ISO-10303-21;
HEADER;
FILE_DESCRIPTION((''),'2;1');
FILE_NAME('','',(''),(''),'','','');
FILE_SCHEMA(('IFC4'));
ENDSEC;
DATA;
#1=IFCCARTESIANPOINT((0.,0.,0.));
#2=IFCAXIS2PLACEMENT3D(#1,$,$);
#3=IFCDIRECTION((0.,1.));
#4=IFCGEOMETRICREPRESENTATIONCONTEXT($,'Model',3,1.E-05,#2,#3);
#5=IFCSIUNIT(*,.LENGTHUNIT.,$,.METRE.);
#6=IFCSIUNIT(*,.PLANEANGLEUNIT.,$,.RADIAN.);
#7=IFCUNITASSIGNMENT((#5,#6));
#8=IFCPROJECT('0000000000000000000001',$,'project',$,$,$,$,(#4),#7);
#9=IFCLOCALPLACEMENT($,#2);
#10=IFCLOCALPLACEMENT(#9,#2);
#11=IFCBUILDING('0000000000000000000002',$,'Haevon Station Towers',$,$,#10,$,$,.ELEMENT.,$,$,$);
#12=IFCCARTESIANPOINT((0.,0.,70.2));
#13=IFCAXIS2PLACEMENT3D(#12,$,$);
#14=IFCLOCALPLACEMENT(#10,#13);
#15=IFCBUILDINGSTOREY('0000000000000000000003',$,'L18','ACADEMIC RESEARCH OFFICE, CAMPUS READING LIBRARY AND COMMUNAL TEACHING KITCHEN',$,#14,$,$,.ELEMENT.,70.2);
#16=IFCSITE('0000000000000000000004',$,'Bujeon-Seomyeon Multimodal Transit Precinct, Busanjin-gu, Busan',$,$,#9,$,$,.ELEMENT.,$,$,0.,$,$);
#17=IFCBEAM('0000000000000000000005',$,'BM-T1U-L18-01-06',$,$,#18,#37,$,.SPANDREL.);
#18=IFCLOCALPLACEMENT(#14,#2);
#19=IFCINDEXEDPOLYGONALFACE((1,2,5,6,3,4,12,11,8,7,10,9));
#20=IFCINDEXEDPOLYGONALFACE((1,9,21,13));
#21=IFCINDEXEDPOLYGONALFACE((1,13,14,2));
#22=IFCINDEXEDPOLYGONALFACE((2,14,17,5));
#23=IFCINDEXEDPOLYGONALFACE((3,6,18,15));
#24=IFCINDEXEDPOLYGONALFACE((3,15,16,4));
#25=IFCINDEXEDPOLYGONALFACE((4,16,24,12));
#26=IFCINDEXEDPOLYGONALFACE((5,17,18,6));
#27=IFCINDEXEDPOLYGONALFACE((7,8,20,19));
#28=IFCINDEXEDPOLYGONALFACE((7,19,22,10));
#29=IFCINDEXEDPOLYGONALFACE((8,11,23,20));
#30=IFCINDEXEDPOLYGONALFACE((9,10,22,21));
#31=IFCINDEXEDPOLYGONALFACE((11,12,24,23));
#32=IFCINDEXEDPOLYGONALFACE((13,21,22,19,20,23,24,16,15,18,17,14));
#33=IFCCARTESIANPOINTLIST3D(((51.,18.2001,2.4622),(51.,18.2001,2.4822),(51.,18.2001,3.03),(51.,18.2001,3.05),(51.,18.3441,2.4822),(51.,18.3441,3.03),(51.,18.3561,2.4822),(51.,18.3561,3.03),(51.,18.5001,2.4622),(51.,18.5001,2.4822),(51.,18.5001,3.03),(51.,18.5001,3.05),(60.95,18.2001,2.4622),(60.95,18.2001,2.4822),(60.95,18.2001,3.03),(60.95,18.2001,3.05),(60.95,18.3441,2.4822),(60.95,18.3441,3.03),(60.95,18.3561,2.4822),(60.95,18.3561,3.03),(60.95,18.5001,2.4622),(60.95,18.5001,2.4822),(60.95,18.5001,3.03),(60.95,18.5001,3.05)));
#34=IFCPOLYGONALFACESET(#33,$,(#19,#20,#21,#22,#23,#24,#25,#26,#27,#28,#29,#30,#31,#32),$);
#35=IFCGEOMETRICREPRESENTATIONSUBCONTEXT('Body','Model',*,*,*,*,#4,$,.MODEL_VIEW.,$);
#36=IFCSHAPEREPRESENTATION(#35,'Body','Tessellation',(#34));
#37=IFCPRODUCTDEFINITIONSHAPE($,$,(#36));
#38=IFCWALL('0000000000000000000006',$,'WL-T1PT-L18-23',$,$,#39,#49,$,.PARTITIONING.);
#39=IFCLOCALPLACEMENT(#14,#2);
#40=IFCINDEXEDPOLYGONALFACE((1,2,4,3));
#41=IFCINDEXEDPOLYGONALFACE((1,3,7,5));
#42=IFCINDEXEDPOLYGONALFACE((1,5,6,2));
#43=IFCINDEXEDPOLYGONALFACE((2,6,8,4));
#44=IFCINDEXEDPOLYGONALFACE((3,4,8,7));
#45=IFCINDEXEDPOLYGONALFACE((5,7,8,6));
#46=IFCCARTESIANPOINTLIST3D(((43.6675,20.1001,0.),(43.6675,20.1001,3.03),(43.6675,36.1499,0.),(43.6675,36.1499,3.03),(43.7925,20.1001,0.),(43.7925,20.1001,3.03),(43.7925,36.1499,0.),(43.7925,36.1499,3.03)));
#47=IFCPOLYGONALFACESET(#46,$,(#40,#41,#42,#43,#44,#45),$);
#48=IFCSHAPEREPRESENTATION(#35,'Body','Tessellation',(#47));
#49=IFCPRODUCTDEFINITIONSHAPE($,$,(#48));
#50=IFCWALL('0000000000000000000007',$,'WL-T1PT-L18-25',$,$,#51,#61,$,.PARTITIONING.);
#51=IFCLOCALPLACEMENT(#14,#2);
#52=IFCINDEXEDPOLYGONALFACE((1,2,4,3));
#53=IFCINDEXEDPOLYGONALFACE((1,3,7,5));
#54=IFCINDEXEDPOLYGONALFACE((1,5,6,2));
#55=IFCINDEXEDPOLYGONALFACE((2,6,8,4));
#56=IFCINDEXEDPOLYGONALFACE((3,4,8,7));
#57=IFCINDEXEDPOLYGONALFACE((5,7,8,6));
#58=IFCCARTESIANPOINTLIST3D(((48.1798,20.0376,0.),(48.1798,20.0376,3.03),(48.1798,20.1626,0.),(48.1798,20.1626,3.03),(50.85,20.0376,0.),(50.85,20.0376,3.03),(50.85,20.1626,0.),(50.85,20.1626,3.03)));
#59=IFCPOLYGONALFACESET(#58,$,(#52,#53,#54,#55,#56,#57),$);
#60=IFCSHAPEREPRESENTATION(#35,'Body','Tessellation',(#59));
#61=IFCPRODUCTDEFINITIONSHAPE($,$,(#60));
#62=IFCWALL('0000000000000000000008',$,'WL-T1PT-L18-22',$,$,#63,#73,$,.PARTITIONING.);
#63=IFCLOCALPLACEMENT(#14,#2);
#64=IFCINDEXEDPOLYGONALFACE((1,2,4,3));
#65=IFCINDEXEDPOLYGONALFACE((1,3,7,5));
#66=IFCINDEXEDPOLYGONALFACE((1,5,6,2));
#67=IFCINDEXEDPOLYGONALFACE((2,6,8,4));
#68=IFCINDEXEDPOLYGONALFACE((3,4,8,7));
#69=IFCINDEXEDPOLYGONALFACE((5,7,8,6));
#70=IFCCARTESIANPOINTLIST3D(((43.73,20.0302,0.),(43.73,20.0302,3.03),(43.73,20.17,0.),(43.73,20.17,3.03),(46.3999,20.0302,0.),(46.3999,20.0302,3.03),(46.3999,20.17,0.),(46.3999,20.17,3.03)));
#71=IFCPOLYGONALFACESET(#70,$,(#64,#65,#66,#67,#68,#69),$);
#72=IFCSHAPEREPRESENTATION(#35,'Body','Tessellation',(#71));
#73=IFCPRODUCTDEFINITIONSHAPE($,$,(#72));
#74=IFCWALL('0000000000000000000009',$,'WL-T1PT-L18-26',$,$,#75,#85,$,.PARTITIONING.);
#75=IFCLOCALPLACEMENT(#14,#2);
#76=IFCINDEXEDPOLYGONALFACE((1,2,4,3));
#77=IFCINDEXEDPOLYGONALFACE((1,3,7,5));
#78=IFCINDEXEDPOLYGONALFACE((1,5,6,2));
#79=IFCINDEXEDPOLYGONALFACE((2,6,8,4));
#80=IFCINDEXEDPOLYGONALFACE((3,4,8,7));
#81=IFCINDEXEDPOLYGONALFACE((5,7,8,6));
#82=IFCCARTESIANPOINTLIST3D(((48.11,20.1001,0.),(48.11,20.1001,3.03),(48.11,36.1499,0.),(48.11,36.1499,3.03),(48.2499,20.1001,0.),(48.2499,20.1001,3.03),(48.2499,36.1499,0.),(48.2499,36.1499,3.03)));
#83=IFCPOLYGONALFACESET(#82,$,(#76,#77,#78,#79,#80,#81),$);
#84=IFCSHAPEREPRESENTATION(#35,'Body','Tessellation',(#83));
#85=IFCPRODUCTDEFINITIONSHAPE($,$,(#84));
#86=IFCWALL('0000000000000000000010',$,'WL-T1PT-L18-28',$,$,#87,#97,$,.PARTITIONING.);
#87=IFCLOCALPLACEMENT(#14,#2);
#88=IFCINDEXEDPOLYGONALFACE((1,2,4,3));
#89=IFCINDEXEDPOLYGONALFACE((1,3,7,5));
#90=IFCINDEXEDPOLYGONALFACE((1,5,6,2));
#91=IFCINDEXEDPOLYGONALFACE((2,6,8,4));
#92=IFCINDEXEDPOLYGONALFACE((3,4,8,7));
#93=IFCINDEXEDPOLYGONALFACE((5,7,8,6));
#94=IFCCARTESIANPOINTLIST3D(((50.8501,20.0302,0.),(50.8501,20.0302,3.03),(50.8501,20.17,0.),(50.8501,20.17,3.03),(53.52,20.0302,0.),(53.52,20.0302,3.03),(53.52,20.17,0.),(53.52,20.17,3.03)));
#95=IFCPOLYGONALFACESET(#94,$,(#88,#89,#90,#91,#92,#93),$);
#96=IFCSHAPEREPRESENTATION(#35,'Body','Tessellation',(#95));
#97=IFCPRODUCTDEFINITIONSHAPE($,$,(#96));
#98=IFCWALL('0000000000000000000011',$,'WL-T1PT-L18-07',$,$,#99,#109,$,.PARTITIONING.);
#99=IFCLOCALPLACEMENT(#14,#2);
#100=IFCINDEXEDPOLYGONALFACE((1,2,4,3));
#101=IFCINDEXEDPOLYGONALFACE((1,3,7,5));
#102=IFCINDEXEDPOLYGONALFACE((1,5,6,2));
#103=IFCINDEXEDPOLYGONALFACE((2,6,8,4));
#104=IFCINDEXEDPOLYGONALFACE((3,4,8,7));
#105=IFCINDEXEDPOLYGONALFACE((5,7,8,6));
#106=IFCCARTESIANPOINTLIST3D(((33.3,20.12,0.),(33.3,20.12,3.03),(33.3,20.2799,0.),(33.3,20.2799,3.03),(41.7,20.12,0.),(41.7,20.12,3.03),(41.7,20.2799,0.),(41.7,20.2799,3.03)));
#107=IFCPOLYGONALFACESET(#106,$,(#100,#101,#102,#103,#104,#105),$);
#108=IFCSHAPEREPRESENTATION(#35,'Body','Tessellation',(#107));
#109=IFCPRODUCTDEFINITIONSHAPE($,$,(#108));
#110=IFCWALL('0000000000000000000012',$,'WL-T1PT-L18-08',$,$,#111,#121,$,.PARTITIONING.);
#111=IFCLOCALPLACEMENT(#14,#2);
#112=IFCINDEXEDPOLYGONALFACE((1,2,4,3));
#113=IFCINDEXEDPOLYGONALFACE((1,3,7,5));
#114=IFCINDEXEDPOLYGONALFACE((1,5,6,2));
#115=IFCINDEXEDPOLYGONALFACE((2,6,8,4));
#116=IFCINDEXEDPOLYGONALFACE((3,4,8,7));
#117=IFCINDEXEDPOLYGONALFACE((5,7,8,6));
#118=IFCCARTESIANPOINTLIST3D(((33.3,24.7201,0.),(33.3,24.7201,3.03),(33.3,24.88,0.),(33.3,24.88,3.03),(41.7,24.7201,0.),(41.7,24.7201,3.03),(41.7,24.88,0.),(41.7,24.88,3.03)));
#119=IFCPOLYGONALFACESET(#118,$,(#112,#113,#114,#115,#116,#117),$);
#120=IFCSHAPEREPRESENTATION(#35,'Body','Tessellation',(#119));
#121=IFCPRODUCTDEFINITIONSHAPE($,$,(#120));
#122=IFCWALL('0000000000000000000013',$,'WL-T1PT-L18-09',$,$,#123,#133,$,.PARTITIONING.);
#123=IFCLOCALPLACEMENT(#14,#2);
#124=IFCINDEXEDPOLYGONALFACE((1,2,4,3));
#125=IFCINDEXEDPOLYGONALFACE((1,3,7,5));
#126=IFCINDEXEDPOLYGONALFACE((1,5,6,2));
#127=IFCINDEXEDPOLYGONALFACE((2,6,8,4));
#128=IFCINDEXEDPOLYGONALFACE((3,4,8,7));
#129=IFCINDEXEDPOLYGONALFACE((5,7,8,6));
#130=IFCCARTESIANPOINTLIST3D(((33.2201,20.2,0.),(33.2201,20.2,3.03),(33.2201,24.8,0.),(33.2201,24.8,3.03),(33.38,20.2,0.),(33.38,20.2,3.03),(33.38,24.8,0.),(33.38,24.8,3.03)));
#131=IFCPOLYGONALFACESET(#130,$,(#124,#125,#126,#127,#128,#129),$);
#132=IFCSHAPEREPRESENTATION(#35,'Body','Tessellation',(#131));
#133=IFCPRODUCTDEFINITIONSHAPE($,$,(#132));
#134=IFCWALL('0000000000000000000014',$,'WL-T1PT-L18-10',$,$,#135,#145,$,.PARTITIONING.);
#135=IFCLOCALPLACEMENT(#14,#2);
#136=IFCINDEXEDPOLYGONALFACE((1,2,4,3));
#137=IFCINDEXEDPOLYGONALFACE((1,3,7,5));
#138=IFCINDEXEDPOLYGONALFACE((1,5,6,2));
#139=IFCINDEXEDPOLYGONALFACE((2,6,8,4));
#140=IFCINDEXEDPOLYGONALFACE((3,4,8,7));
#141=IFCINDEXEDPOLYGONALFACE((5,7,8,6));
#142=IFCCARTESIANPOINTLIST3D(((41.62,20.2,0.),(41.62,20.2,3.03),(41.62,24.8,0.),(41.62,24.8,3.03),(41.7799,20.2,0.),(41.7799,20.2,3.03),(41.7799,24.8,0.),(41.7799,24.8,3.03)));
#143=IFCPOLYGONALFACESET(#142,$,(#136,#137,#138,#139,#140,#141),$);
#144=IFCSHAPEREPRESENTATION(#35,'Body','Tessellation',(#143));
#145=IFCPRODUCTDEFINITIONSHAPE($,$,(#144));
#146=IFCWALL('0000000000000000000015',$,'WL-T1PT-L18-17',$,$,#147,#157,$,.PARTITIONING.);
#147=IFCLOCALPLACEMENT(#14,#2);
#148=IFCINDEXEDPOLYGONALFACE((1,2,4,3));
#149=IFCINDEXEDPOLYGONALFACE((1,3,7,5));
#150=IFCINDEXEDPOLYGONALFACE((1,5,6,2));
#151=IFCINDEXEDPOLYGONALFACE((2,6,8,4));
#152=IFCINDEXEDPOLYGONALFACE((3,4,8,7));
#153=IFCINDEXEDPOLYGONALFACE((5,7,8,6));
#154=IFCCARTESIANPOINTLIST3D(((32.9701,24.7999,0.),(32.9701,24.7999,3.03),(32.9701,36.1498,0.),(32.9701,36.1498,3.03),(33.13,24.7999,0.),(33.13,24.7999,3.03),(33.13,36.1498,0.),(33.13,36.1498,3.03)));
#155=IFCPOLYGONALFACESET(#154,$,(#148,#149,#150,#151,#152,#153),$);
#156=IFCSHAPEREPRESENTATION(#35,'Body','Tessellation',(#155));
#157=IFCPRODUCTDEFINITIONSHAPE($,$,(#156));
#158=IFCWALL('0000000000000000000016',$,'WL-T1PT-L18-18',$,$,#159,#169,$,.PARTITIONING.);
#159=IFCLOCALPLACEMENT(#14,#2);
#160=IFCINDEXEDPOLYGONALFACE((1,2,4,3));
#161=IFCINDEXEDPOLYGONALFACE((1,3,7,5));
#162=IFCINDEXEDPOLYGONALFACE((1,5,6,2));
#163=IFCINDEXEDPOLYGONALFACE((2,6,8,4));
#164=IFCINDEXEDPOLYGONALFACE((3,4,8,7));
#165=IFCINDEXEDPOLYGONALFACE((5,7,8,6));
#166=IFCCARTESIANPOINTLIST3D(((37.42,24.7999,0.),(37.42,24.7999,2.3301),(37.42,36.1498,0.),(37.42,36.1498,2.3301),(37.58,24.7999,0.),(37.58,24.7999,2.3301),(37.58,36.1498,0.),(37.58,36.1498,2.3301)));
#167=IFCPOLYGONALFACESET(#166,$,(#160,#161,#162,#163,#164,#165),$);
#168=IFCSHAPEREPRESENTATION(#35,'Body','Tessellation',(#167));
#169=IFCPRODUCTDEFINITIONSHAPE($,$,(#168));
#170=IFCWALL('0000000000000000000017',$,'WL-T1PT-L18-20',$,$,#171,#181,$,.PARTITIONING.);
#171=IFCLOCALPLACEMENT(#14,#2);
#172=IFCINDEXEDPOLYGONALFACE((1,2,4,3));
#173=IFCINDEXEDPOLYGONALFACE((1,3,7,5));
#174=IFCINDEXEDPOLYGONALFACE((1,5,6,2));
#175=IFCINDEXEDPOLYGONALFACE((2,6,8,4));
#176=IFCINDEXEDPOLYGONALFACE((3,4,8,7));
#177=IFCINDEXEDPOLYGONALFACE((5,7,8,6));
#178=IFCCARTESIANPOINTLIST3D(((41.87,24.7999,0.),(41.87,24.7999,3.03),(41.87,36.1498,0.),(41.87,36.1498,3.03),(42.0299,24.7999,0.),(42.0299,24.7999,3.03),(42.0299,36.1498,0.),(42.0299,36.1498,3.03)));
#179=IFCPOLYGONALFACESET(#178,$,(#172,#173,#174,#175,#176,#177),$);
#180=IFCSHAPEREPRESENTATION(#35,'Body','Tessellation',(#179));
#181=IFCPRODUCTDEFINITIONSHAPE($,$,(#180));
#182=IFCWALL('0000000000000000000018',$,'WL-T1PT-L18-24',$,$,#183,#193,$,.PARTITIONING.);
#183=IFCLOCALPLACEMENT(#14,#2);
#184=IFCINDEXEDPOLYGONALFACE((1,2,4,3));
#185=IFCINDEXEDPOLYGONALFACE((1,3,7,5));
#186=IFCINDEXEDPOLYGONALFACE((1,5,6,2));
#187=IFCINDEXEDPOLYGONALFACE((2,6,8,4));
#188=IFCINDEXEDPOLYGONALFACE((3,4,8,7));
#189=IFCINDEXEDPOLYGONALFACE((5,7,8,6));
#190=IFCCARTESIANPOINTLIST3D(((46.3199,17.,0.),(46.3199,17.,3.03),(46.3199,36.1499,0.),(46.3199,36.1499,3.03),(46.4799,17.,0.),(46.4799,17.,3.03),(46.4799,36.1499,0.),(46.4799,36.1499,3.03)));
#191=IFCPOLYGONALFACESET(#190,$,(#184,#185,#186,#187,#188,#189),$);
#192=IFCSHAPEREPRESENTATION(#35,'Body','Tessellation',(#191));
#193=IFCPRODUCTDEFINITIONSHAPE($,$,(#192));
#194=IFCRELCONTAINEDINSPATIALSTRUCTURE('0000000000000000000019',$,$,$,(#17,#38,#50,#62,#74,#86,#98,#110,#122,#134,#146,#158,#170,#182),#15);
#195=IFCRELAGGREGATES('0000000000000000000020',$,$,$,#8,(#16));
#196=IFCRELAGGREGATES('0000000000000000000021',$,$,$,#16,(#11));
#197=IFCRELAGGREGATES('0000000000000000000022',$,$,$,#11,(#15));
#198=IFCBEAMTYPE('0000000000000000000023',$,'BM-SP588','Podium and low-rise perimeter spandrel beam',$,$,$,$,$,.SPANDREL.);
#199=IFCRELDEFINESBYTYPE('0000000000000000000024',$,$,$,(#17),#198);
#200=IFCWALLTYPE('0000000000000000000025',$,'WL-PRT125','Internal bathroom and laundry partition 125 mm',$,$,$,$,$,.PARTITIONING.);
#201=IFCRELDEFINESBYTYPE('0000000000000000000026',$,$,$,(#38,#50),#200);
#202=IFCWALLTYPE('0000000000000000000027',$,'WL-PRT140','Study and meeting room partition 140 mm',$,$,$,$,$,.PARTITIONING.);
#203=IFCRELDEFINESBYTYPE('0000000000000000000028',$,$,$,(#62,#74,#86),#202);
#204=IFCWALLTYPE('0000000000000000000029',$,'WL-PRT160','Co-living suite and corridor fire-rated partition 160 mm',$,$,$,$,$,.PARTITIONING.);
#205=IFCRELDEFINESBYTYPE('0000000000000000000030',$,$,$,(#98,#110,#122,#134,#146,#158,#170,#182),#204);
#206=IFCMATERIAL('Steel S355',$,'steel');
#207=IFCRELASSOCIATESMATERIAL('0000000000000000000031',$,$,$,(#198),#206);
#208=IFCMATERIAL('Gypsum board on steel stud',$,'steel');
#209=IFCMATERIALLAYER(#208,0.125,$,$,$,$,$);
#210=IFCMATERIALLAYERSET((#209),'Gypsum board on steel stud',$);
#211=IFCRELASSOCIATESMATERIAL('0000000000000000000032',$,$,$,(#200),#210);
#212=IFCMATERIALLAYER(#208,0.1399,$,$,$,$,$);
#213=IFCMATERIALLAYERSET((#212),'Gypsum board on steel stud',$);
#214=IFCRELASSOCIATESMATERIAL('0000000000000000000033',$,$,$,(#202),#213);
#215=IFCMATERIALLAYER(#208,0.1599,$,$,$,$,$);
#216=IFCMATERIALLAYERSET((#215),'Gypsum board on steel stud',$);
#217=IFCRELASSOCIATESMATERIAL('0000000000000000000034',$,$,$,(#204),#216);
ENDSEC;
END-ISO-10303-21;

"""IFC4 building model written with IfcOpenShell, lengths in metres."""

from ifc_helpers import new_model, si_unit, direction, frame, frame_2d, origin, origin_2d, place, context, subcontext, project, spatial, rectangle, i_section, extrude, material, layer, layer_set, material_profile, profile_set, type_object, element, save


model = new_model("IFC4")

# Units and contexts
model_context = context("Model", 3, precision=1e-05, world=origin(), true_north=direction((0.0, 1.0)))
body_context = subcontext(model_context, "Body", "Model", "MODEL_VIEW")
ifc_project = project(units=[si_unit("LENGTHUNIT", "METRE"), si_unit("PLANEANGLEUNIT", "RADIAN")], contexts=[model_context])

# Site, building, storey
site_placement = place(None, origin())
site = spatial("IfcSite", under=ifc_project, at=site_placement, Name="Bujeon-Seomyeon Multimodal Transit Precinct, Busanjin-gu, Busan", CompositionType="ELEMENT", RefElevation=0.0)
building_placement = place(site_placement, origin())
building = spatial("IfcBuilding", under=site, at=building_placement, Name="Haevon Station Towers", CompositionType="ELEMENT")
storey_placement = place(building_placement, frame((0.0, 0.0, 70.2)))
storey = spatial("IfcBuildingStorey", under=building, at=storey_placement, Name="L18", Description="ACADEMIC RESEARCH OFFICE, CAMPUS READING LIBRARY AND COMMUNAL TEACHING KITCHEN", CompositionType="ELEMENT", Elevation=70.2)

# Beam
ifc_material_1 = material(Name="Steel S355", Category="steel")
ifc_material_profile_1 = material_profile(ifc_material_1, i_section(OverallWidth=0.3, OverallDepth=0.5879, WebThickness=0.012, FlangeThickness=0.02, at=origin_2d()), Name="H-588x300x12x20")
ifc_profile_set_1 = profile_set([ifc_material_profile_1], Name="Steel S355")
beam_type_1 = type_object("IfcBeamType", Name="BM-SP588", Description="Podium and low-rise perimeter spandrel beam", PredefinedType="SPANDREL", material=ifc_profile_set_1)
beam_1_placement = place(storey_placement, frame((51.0, 18.3501, 2.7561), z_axis=(1.0, 0.0, 0.0), x_axis=(0.0, 1.0, 0.0)))
element("IfcBeam", 1, at=beam_1_placement, inside=storey, type_object=beam_type_1, Name="BM-T1U-L18-01-06", PredefinedType="SPANDREL", context=body_context, shape_type="SweptSolid", body=[
    extrude(i_section(OverallWidth=0.3, OverallDepth=0.5879, WebThickness=0.012, FlangeThickness=0.02, at=origin_2d()), origin(), (0.0, 0.0, 1.0), 9.95),
])

# Walls
ifc_material_2 = material(Name="Gypsum board on steel stud", Category="steel")
ifc_layer_1 = layer(ifc_material_2, 0.125)
ifc_layer_set_1 = layer_set([ifc_layer_1], Name="Gypsum board on steel stud")
wall_type_1 = type_object("IfcWallType", Name="WL-PRT125", Description="Internal bathroom and laundry partition 125 mm", PredefinedType="PARTITIONING", material=ifc_layer_set_1)
wall_1_placement = place(storey_placement, frame((43.73, 20.1001, 0.0), z_axis=(0.0, 0.0, 1.0), x_axis=(0.0, 1.0, 0.0)))
element("IfcWall", 2, at=wall_1_placement, inside=storey, type_object=wall_type_1, Name="WL-T1PT-L18-23", PredefinedType="PARTITIONING", context=body_context, shape_type="SweptSolid", body=[
    extrude(rectangle(XDim=16.0498, YDim=0.125, at=frame_2d((8.0249, 0.0))), origin(), (0.0, 0.0, 1.0), 3.03),
])
wall_2_placement = place(storey_placement, frame((48.1799, 20.1001, 0.0), z_axis=(0.0, 0.0, 1.0), x_axis=(1.0, 0.0, 0.0)))
element("IfcWall", 3, at=wall_2_placement, inside=storey, type_object=wall_type_1, Name="WL-T1PT-L18-25", PredefinedType="PARTITIONING", context=body_context, shape_type="SweptSolid", body=[
    extrude(rectangle(XDim=2.6702, YDim=0.125, at=frame_2d((1.335, 0.0))), origin(), (0.0, 0.0, 1.0), 3.03),
])
ifc_layer_2 = layer(ifc_material_2, 0.1399)
ifc_layer_set_2 = layer_set([ifc_layer_2], Name="Gypsum board on steel stud")
wall_type_2 = type_object("IfcWallType", Name="WL-PRT140", Description="Study and meeting room partition 140 mm", PredefinedType="PARTITIONING", material=ifc_layer_set_2)
wall_3_placement = place(storey_placement, frame((43.73, 20.1001, 0.0), z_axis=(0.0, 0.0, 1.0), x_axis=(1.0, 0.0, 0.0)))
element("IfcWall", 4, at=wall_3_placement, inside=storey, type_object=wall_type_2, Name="WL-T1PT-L18-22", PredefinedType="PARTITIONING", context=body_context, shape_type="SweptSolid", body=[
    extrude(rectangle(XDim=2.6699, YDim=0.1399, at=frame_2d((1.335, 0.0))), origin(), (0.0, 0.0, 1.0), 3.03),
])
wall_4_placement = place(storey_placement, frame((48.1799, 20.1001, 0.0), z_axis=(0.0, 0.0, 1.0), x_axis=(0.0, 1.0, 0.0)))
element("IfcWall", 5, at=wall_4_placement, inside=storey, type_object=wall_type_2, Name="WL-T1PT-L18-26", PredefinedType="PARTITIONING", context=body_context, shape_type="SweptSolid", body=[
    extrude(rectangle(XDim=16.0498, YDim=0.1399, at=frame_2d((8.0249, 0.0))), origin(), (0.0, 0.0, 1.0), 3.03),
])
wall_5_placement = place(storey_placement, frame((50.8501, 20.1001, 0.0), z_axis=(0.0, 0.0, 1.0), x_axis=(1.0, 0.0, 0.0)))
element("IfcWall", 6, at=wall_5_placement, inside=storey, type_object=wall_type_2, Name="WL-T1PT-L18-28", PredefinedType="PARTITIONING", context=body_context, shape_type="SweptSolid", body=[
    extrude(rectangle(XDim=2.6699, YDim=0.1399, at=frame_2d((1.335, 0.0))), origin(), (0.0, 0.0, 1.0), 3.03),
])
ifc_layer_3 = layer(ifc_material_2, 0.1599)
ifc_layer_set_3 = layer_set([ifc_layer_3], Name="Gypsum board on steel stud")
wall_type_3 = type_object("IfcWallType", Name="WL-PRT160", Description="Co-living suite and corridor fire-rated partition 160 mm", PredefinedType="PARTITIONING", material=ifc_layer_set_3)
for number, where, z_axis, x_axis, name in (
    (7, (33.3, 20.2, 0.0), (0.0, 0.0, 1.0), (1.0, 0.0, 0.0), "WL-T1PT-L18-07"),
    (8, (33.3, 24.8, 0.0), (0.0, 0.0, 1.0), (1.0, 0.0, 0.0), "WL-T1PT-L18-08"),
):
    element("IfcWall", number, at=place(storey_placement, frame(where, z_axis=z_axis, x_axis=x_axis)), inside=storey, type_object=wall_type_3, Name=name, PredefinedType="PARTITIONING", context=body_context, shape_type="SweptSolid", body=[
        extrude(rectangle(XDim=8.3999, YDim=0.1599, at=frame_2d((4.2, 0.0))), origin(), (0.0, 0.0, 1.0), 3.03),
    ])
for number, where, z_axis, x_axis, name in (
    (9, (33.3, 20.2, 0.0), (0.0, 0.0, 1.0), (0.0, 1.0, 0.0), "WL-T1PT-L18-09"),
    (10, (41.7, 20.2, 0.0), (0.0, 0.0, 1.0), (0.0, 1.0, 0.0), "WL-T1PT-L18-10"),
):
    element("IfcWall", number, at=place(storey_placement, frame(where, z_axis=z_axis, x_axis=x_axis)), inside=storey, type_object=wall_type_3, Name=name, PredefinedType="PARTITIONING", context=body_context, shape_type="SweptSolid", body=[
        extrude(rectangle(XDim=4.6001, YDim=0.1599, at=frame_2d((2.3, 0.0))), origin(), (0.0, 0.0, 1.0), 3.03),
    ])
wall_6_placement = place(storey_placement, frame((33.05, 24.8, 0.0), z_axis=(0.0, 0.0, 1.0), x_axis=(0.0, 1.0, 0.0)))
element("IfcWall", 11, at=wall_6_placement, inside=storey, type_object=wall_type_3, Name="WL-T1PT-L18-17", PredefinedType="PARTITIONING", context=body_context, shape_type="SweptSolid", body=[
    extrude(rectangle(XDim=11.3499, YDim=0.1599, at=frame_2d((5.6748, 0.0))), origin(), (0.0, 0.0, 1.0), 3.03),
])
wall_7_placement = place(storey_placement, frame((37.5, 24.8, 0.0), z_axis=(0.0, 0.0, 1.0), x_axis=(0.0, 1.0, 0.0)))
element("IfcWall", 12, at=wall_7_placement, inside=storey, type_object=wall_type_3, Name="WL-T1PT-L18-18", PredefinedType="PARTITIONING", context=body_context, shape_type="SweptSolid", body=[
    extrude(rectangle(XDim=11.3499, YDim=0.1599, at=frame_2d((5.6748, 0.0))), origin(), (0.0, 0.0, 1.0), 2.3301),
])
wall_8_placement = place(storey_placement, frame((41.95, 24.8, 0.0), z_axis=(0.0, 0.0, 1.0), x_axis=(0.0, 1.0, 0.0)))
element("IfcWall", 13, at=wall_8_placement, inside=storey, type_object=wall_type_3, Name="WL-T1PT-L18-20", PredefinedType="PARTITIONING", context=body_context, shape_type="SweptSolid", body=[
    extrude(rectangle(XDim=11.3499, YDim=0.1599, at=frame_2d((5.6748, 0.0))), origin(), (0.0, 0.0, 1.0), 3.03),
])
wall_9_placement = place(storey_placement, frame((46.3999, 17.0, 0.0), z_axis=(0.0, 0.0, 1.0), x_axis=(0.0, 1.0, 0.0)))
element("IfcWall", 14, at=wall_9_placement, inside=storey, type_object=wall_type_3, Name="WL-T1PT-L18-24", PredefinedType="PARTITIONING", context=body_context, shape_type="SweptSolid", body=[
    extrude(rectangle(XDim=19.1499, YDim=0.1599, at=frame_2d((9.575, 0.0))), origin(), (0.0, 0.0, 1.0), 3.03),
])

save(model, "model.ifc")
